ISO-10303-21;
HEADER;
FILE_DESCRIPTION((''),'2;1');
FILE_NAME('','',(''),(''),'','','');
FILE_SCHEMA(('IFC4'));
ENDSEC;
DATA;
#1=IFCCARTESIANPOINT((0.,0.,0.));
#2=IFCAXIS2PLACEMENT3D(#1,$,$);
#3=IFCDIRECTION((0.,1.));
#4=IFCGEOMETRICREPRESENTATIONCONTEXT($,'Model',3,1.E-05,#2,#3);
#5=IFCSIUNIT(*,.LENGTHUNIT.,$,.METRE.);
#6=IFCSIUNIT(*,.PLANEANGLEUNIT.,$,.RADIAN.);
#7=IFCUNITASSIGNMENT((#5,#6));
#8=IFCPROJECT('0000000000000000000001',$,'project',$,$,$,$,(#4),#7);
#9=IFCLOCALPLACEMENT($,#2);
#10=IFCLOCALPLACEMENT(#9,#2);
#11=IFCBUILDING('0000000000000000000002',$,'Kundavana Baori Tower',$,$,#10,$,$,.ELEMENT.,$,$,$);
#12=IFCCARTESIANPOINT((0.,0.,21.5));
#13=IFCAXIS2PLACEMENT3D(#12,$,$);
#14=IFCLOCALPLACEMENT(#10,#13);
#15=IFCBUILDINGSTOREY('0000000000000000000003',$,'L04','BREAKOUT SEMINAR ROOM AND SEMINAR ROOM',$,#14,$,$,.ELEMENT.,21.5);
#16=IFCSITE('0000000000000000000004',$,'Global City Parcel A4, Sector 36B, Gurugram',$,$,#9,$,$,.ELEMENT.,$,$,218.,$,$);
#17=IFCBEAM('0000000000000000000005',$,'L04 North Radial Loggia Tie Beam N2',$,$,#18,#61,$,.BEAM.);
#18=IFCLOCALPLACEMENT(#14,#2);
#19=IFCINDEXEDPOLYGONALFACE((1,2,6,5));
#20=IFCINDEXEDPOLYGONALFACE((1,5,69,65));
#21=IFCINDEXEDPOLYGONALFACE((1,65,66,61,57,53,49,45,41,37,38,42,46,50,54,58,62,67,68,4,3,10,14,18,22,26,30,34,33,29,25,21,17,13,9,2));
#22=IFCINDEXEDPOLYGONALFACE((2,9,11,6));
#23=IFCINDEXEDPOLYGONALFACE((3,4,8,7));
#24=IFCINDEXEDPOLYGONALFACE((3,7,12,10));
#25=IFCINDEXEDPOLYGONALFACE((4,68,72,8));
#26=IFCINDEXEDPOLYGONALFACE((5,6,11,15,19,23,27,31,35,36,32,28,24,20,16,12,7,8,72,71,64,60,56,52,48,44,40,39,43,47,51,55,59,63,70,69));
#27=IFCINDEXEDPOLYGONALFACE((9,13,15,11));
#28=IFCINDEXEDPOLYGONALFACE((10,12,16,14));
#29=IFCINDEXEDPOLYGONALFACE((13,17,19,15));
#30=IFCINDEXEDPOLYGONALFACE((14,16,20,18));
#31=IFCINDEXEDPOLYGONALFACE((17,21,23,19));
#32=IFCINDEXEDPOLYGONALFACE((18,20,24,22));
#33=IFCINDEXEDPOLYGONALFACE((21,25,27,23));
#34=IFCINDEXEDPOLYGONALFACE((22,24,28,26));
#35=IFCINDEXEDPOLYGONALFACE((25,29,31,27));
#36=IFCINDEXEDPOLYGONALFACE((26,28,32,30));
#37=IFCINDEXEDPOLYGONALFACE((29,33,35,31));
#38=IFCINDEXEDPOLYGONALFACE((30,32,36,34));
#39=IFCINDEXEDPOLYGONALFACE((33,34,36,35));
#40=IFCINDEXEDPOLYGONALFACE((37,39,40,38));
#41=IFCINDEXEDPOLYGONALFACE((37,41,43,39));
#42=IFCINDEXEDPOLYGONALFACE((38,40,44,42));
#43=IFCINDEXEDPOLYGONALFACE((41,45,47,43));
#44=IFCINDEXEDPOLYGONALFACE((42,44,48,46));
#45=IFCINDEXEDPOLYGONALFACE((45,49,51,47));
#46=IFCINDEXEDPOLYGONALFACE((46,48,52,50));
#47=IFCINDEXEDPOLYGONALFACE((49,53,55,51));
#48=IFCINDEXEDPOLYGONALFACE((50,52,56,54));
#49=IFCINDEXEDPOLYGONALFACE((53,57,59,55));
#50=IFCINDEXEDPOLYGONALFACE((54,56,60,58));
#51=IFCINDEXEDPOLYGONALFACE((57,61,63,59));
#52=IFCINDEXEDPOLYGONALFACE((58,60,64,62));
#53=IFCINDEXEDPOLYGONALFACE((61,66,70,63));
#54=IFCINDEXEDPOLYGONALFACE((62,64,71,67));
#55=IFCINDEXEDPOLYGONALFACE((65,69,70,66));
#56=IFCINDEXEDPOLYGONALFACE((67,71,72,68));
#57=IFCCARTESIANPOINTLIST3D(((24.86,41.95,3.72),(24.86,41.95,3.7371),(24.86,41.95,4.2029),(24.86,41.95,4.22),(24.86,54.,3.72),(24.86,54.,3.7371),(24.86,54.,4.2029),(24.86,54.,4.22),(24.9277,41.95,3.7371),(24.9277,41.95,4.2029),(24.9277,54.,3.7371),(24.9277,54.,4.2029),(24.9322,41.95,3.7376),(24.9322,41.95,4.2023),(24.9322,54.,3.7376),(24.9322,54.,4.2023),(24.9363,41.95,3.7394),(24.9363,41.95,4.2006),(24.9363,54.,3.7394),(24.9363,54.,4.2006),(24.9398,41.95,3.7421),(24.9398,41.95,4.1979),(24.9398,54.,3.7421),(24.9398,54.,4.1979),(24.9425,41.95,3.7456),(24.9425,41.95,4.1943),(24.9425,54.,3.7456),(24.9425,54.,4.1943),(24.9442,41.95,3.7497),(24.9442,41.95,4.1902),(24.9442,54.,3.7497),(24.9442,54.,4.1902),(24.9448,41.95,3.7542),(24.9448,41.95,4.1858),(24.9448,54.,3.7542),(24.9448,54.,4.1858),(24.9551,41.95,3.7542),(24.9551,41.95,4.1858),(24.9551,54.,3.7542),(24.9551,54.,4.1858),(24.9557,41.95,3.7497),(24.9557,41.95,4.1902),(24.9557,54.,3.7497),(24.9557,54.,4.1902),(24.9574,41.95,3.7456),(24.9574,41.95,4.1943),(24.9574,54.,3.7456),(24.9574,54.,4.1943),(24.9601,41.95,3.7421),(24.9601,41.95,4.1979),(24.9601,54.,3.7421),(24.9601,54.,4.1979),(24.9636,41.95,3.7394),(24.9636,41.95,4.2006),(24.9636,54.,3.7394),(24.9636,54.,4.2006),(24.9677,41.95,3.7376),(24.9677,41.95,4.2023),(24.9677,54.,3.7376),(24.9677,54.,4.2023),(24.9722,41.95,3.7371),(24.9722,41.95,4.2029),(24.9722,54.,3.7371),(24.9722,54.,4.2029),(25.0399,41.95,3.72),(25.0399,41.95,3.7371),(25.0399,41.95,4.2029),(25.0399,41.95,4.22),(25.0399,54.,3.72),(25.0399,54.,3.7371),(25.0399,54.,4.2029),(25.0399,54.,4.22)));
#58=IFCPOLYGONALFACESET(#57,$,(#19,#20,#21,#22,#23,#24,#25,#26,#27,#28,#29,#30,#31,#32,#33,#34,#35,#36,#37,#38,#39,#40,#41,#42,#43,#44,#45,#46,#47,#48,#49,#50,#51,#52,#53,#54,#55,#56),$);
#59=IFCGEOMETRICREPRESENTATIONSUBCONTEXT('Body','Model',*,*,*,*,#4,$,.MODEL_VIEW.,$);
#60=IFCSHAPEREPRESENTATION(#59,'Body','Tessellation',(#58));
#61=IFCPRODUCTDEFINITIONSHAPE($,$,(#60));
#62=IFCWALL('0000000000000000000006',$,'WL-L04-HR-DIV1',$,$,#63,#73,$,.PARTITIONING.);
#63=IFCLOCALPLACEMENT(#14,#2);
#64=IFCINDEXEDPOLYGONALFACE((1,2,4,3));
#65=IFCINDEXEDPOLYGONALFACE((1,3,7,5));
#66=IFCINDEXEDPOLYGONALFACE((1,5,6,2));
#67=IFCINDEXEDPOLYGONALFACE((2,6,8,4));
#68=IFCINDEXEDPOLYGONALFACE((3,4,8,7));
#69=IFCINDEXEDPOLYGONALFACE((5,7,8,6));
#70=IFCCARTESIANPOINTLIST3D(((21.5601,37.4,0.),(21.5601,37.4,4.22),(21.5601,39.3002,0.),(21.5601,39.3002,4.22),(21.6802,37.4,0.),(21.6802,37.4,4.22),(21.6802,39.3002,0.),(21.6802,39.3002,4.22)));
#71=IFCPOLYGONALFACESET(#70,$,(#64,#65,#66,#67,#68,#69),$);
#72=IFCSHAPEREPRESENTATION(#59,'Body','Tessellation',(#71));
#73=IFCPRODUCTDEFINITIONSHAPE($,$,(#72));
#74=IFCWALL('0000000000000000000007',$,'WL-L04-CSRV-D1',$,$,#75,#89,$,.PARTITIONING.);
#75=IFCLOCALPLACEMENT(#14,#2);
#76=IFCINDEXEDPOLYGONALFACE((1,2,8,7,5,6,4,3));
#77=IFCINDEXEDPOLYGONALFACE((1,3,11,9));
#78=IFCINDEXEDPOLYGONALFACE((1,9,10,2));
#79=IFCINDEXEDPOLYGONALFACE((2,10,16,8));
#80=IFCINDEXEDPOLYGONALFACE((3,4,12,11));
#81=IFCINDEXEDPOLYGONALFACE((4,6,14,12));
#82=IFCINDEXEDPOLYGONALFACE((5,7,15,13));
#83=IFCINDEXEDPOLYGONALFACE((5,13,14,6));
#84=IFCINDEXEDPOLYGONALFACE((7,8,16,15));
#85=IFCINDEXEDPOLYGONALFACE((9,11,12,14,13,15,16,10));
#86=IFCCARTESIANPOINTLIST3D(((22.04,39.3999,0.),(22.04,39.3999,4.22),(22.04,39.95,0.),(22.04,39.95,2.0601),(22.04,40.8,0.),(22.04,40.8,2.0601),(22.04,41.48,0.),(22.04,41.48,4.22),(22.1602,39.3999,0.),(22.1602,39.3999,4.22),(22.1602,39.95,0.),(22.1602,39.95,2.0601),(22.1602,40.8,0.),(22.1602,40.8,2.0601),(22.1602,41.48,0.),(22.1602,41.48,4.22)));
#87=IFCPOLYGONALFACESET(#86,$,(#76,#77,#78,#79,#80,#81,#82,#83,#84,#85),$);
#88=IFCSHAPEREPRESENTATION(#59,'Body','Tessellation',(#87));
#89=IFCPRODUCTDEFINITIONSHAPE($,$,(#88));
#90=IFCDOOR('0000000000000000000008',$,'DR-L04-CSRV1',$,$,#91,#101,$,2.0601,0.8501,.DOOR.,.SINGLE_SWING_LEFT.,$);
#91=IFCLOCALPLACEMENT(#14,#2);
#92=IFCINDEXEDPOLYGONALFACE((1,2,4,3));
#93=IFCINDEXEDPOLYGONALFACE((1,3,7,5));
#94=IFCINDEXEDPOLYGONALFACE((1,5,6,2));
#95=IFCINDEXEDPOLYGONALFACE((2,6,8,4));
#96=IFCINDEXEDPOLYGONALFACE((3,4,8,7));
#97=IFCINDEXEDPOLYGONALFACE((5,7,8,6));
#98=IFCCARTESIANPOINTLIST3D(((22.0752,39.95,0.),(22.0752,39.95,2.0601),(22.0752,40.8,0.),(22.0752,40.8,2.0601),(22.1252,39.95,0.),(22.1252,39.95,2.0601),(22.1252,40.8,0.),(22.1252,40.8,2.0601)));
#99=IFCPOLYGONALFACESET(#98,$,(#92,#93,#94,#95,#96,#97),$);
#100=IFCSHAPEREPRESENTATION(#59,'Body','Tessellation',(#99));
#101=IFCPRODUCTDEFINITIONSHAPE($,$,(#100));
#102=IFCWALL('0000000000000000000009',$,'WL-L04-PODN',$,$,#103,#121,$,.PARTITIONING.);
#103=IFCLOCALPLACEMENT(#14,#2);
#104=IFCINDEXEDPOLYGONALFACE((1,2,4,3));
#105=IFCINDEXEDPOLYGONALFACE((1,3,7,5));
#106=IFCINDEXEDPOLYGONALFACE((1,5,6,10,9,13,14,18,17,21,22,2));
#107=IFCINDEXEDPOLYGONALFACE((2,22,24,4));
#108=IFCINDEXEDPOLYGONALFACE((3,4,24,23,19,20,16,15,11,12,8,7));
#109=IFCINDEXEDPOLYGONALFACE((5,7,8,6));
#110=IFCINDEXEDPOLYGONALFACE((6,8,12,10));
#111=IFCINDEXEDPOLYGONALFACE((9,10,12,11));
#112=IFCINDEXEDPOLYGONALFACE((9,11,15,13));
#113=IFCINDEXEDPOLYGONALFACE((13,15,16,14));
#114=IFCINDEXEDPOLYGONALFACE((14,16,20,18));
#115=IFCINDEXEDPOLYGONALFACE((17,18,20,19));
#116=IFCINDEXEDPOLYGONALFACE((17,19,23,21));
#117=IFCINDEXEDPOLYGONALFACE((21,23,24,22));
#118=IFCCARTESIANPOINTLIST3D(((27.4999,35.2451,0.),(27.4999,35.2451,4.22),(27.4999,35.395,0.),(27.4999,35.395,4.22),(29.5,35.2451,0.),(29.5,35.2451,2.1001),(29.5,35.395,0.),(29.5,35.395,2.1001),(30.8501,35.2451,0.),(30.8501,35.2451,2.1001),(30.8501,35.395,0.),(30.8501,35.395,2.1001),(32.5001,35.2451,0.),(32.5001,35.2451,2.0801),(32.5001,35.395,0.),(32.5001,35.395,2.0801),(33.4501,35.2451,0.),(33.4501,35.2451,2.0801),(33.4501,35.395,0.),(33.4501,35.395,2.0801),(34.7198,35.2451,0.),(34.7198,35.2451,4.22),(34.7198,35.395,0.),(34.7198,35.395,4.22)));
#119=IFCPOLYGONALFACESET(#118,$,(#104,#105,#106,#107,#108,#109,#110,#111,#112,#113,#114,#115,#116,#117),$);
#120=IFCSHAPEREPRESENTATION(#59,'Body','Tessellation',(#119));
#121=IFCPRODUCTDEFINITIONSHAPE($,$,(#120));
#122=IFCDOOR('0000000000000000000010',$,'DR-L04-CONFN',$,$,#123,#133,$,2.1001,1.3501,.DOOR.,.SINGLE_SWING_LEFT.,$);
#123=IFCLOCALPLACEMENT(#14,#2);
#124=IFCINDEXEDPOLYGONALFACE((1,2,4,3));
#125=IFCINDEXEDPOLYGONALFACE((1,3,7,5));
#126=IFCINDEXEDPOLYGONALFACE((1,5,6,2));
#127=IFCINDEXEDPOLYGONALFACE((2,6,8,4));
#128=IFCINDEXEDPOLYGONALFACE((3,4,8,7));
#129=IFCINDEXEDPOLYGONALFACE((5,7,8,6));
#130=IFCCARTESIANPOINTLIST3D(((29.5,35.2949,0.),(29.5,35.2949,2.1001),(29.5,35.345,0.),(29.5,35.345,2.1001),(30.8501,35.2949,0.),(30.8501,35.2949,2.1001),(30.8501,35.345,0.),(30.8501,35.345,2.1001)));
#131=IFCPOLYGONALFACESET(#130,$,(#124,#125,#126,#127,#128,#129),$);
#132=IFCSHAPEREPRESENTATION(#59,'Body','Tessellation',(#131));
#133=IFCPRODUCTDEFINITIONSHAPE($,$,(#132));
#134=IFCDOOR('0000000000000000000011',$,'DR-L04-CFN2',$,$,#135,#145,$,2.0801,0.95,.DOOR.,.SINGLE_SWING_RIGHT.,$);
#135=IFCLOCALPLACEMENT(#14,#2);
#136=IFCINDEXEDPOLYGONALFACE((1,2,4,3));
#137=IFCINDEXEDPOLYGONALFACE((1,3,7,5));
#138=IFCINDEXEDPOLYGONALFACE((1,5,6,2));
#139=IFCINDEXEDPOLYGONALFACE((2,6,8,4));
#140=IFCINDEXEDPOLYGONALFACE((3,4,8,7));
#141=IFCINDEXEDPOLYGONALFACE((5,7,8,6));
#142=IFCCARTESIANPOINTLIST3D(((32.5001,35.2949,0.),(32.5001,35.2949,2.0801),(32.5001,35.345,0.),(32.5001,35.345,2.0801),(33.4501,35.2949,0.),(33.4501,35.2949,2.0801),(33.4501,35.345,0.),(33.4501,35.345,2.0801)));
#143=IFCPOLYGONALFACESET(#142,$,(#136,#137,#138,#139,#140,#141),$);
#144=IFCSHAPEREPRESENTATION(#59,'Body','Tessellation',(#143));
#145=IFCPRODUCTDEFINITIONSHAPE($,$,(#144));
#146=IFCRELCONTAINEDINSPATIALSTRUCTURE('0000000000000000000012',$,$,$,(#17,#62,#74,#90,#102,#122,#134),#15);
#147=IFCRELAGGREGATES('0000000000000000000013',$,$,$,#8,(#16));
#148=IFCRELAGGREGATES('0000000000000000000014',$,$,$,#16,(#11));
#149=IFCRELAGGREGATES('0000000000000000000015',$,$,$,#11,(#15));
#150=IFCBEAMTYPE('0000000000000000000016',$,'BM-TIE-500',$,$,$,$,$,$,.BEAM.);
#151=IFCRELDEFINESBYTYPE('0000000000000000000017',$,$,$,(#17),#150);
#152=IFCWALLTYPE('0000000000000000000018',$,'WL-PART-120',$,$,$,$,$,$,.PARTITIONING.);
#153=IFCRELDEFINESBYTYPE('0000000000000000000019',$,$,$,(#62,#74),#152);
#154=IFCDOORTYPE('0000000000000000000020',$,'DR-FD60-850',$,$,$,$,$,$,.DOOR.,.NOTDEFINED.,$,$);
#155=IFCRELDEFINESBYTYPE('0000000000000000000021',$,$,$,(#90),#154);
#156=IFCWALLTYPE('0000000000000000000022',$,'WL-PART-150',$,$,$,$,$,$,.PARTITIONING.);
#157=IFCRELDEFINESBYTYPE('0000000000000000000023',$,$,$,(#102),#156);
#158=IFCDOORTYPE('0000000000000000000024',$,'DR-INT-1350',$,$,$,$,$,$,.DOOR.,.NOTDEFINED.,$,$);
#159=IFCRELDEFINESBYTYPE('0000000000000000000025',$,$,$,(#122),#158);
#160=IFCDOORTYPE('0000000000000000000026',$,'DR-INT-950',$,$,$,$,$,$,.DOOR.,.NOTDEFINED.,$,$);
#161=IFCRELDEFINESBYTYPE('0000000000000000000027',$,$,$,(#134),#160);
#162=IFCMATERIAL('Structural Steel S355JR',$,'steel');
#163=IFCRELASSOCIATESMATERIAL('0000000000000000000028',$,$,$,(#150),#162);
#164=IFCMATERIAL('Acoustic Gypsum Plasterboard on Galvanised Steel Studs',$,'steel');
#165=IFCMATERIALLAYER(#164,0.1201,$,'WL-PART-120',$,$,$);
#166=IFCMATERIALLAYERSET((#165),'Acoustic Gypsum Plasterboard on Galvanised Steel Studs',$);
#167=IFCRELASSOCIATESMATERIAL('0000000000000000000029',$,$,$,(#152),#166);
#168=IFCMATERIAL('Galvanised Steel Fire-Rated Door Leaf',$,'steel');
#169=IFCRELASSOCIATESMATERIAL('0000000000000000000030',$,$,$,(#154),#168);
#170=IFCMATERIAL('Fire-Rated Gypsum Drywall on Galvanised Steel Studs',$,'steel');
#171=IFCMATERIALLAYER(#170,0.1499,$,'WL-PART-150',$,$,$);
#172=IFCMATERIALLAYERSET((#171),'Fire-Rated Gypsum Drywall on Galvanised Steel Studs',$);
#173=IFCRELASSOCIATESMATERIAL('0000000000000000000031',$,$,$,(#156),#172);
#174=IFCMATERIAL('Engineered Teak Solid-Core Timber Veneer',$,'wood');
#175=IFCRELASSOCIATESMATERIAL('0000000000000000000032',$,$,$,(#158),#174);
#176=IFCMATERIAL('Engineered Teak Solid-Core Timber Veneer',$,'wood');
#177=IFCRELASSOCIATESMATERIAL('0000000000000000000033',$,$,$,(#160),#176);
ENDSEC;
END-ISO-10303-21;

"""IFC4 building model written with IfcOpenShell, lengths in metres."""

from ifc_helpers import new_model, si_unit, direction, frame, frame_2d, origin, origin_2d, place, context, subcontext, project, spatial, rectangle, i_section, extrude, material, layer, layer_set, material_profile, profile_set, type_object, element, fill, save


model = new_model("IFC4")

# Units and contexts
model_context = context("Model", 3, precision=1e-05, world=origin(), true_north=direction((0.0, 1.0)))
body_context = subcontext(model_context, "Body", "Model", "MODEL_VIEW")
ifc_project = project(units=[si_unit("LENGTHUNIT", "METRE"), si_unit("PLANEANGLEUNIT", "RADIAN")], contexts=[model_context])

# Site, building, storey
site_placement = place(None, origin())
site = spatial("IfcSite", under=ifc_project, at=site_placement, Name="Global City Parcel A4, Sector 36B, Gurugram", CompositionType="ELEMENT", RefElevation=218.0)
building_placement = place(site_placement, origin())
building = spatial("IfcBuilding", under=site, at=building_placement, Name="Kundavana Baori Tower", CompositionType="ELEMENT")
storey_placement = place(building_placement, frame((0.0, 0.0, 21.5)))
storey = spatial("IfcBuildingStorey", under=building, at=storey_placement, Name="L04", Description="BREAKOUT SEMINAR ROOM AND SEMINAR ROOM", CompositionType="ELEMENT", Elevation=21.5)

# Beam
ifc_material_1 = material(Name="Structural Steel S355JR", Category="steel")
ifc_material_profile_1 = material_profile(ifc_material_1, i_section(OverallWidth=0.1799, OverallDepth=0.5, WebThickness=0.0103, FlangeThickness=0.0171, FilletRadius=0.0171, at=origin_2d()), Name="ISMB 500")
ifc_profile_set_1 = profile_set([ifc_material_profile_1], Name="Structural Steel S355JR")
beam_type_1 = type_object("IfcBeamType", Name="BM-TIE-500", PredefinedType="BEAM", material=ifc_profile_set_1)
beam_1_placement = place(storey_placement, frame((24.95, 41.95, 3.97), z_axis=(0.0, 1.0, 0.0), x_axis=(-1.0, 0.0, 0.0)))
element("IfcBeam", 1, at=beam_1_placement, inside=storey, type_object=beam_type_1, Name="L04 North Radial Loggia Tie Beam N2", PredefinedType="BEAM", context=body_context, shape_type="SweptSolid", body=[
    extrude(i_section(OverallWidth=0.1799, OverallDepth=0.5, WebThickness=0.0103, FlangeThickness=0.0171, FilletRadius=0.0171, at=origin_2d()), origin(), (0.0, 0.0, 1.0), 12.05),
])

# Wall
ifc_material_2 = material(Name="Acoustic Gypsum Plasterboard on Galvanised Steel Studs", Category="steel")
ifc_layer_1 = layer(ifc_material_2, 0.1201, Name="WL-PART-120")
ifc_layer_set_1 = layer_set([ifc_layer_1], Name="Acoustic Gypsum Plasterboard on Galvanised Steel Studs")
wall_type_1 = type_object("IfcWallType", Name="WL-PART-120", PredefinedType="PARTITIONING", material=ifc_layer_set_1)
wall_1_placement = place(storey_placement, frame((21.6201, 37.3999, 0.0), z_axis=(0.0, 0.0, 1.0), x_axis=(0.0, 1.0, 0.0)))
element("IfcWall", 2, at=wall_1_placement, inside=storey, type_object=wall_type_1, Name="WL-L04-HR-DIV1", PredefinedType="PARTITIONING", context=body_context, shape_type="SweptSolid", body=[
    extrude(rectangle(XDim=1.9001, YDim=0.1201, at=frame_2d((0.9502, 0.0))), origin(), (0.0, 0.0, 1.0), 4.22),
])

# Wall, opening, door
wall_2_placement = place(storey_placement, frame((22.1001, 39.3999, 0.0), z_axis=(0.0, 0.0, 1.0), x_axis=(0.0, 1.0, 0.0)))
wall_2 = element("IfcWall", 3, at=wall_2_placement, inside=storey, type_object=wall_type_1, Name="WL-L04-CSRV-D1", PredefinedType="PARTITIONING", context=body_context, shape_type="SweptSolid", body=[
    extrude(rectangle(XDim=2.0801, YDim=0.1201, at=frame_2d((1.04, 0.0))), origin(), (0.0, 0.0, 1.0), 4.22),
])
opening_1_placement = place(wall_2_placement, frame((0.55, 0.0, 0.0)))
opening_1 = element("IfcOpeningElement", 4, at=opening_1_placement, cuts=wall_2, PredefinedType="OPENING", context=body_context, shape_type="SweptSolid", body=[
    extrude(rectangle(XDim=0.8501, YDim=2.0601, at=frame_2d((0.425, 1.03))), frame((0.0, 0.0701, 0.0), z_axis=(0.0, -1.0, 0.0), x_axis=(1.0, 0.0, 0.0)), (0.0, 0.0, 1.0), 0.1401),
])
ifc_material_3 = material(Name="Galvanised Steel Fire-Rated Door Leaf", Category="steel")
door_type_1 = type_object("IfcDoorType", Name="DR-FD60-850", OperationType="NOTDEFINED", PredefinedType="DOOR", material=ifc_material_3)
door_1_placement = place(opening_1_placement, origin())
door_1 = element("IfcDoor", 5, at=door_1_placement, inside=storey, type_object=door_type_1, Name="DR-L04-CSRV1", OperationType="SINGLE_SWING_LEFT", OverallHeight=2.0601, OverallWidth=0.8501, PredefinedType="DOOR", context=body_context, shape_type="SweptSolid", body=[
    extrude(rectangle(XDim=0.8501, YDim=2.0601, at=frame_2d((0.425, 1.03))), frame((0.0, 0.0249, 0.0), z_axis=(0.0, -1.0, 0.0), x_axis=(1.0, 0.0, 0.0)), (0.0, 0.0, 1.0), 0.05),
])
fill(opening_1, door_1)

# Wall, openings, doors
ifc_material_4 = material(Name="Fire-Rated Gypsum Drywall on Galvanised Steel Studs", Category="steel")
ifc_layer_2 = layer(ifc_material_4, 0.1499, Name="WL-PART-150")
ifc_layer_set_2 = layer_set([ifc_layer_2], Name="Fire-Rated Gypsum Drywall on Galvanised Steel Studs")
wall_type_2 = type_object("IfcWallType", Name="WL-PART-150", PredefinedType="PARTITIONING", material=ifc_layer_set_2)
wall_3_placement = place(storey_placement, frame((27.5, 35.3201, 0.0), z_axis=(0.0, 0.0, 1.0), x_axis=(1.0, 0.0, 0.0)))
wall_3 = element("IfcWall", 6, at=wall_3_placement, inside=storey, type_object=wall_type_2, Name="WL-L04-PODN", PredefinedType="PARTITIONING", context=body_context, shape_type="SweptSolid", body=[
    extrude(rectangle(XDim=7.22, YDim=0.1499, at=frame_2d((3.6099, 0.0))), origin(), (0.0, 0.0, 1.0), 4.22),
])
opening_2_placement = place(wall_3_placement, frame((5.0, 0.0, 0.0)))
opening_2 = element("IfcOpeningElement", 7, at=opening_2_placement, cuts=wall_3, PredefinedType="OPENING", context=body_context, shape_type="SweptSolid", body=[
    extrude(rectangle(XDim=0.95, YDim=2.0801, at=frame_2d((0.4751, 1.04))), frame((0.0, 0.085, 0.0), z_axis=(0.0, -1.0, 0.0), x_axis=(1.0, 0.0, 0.0)), (0.0, 0.0, 1.0), 0.1699),
])
opening_3_placement = place(wall_3_placement, frame((2.0, 0.0, 0.0)))
opening_3 = element("IfcOpeningElement", 8, at=opening_3_placement, cuts=wall_3, PredefinedType="OPENING", context=body_context, shape_type="SweptSolid", body=[
    extrude(rectangle(XDim=1.3501, YDim=2.1001, at=frame_2d((0.675, 1.05))), frame((0.0, 0.085, 0.0), z_axis=(0.0, -1.0, 0.0), x_axis=(1.0, 0.0, 0.0)), (0.0, 0.0, 1.0), 0.1699),
])
ifc_material_5 = material(Name="Engineered Teak Solid-Core Timber Veneer", Category="wood")
door_type_2 = type_object("IfcDoorType", Name="DR-INT-1350", OperationType="NOTDEFINED", PredefinedType="DOOR", material=ifc_material_5)
door_2_placement = place(opening_3_placement, origin())
door_2 = element("IfcDoor", 9, at=door_2_placement, inside=storey, type_object=door_type_2, Name="DR-L04-CONFN", OperationType="SINGLE_SWING_LEFT", OverallHeight=2.1001, OverallWidth=1.3501, PredefinedType="DOOR", context=body_context, shape_type="SweptSolid", body=[
    extrude(rectangle(XDim=1.3501, YDim=2.1001, at=frame_2d((0.675, 1.05))), frame((0.0, 0.0249, 0.0), z_axis=(0.0, -1.0, 0.0), x_axis=(1.0, 0.0, 0.0)), (0.0, 0.0, 1.0), 0.05),
])
fill(opening_3, door_2)
ifc_material_6 = material(Name="Engineered Teak Solid-Core Timber Veneer", Category="wood")
door_type_3 = type_object("IfcDoorType", Name="DR-INT-950", OperationType="NOTDEFINED", PredefinedType="DOOR", material=ifc_material_6)
door_3_placement = place(opening_2_placement, origin())
door_3 = element("IfcDoor", 10, at=door_3_placement, inside=storey, type_object=door_type_3, Name="DR-L04-CFN2", OperationType="SINGLE_SWING_RIGHT", OverallHeight=2.0801, OverallWidth=0.95, PredefinedType="DOOR", context=body_context, shape_type="SweptSolid", body=[
    extrude(rectangle(XDim=0.95, YDim=2.0801, at=frame_2d((0.4751, 1.04))), frame((0.0, 0.0249, 0.0), z_axis=(0.0, -1.0, 0.0), x_axis=(1.0, 0.0, 0.0)), (0.0, 0.0, 1.0), 0.05),
])
fill(opening_2, door_3)

save(model, "model.ifc")
